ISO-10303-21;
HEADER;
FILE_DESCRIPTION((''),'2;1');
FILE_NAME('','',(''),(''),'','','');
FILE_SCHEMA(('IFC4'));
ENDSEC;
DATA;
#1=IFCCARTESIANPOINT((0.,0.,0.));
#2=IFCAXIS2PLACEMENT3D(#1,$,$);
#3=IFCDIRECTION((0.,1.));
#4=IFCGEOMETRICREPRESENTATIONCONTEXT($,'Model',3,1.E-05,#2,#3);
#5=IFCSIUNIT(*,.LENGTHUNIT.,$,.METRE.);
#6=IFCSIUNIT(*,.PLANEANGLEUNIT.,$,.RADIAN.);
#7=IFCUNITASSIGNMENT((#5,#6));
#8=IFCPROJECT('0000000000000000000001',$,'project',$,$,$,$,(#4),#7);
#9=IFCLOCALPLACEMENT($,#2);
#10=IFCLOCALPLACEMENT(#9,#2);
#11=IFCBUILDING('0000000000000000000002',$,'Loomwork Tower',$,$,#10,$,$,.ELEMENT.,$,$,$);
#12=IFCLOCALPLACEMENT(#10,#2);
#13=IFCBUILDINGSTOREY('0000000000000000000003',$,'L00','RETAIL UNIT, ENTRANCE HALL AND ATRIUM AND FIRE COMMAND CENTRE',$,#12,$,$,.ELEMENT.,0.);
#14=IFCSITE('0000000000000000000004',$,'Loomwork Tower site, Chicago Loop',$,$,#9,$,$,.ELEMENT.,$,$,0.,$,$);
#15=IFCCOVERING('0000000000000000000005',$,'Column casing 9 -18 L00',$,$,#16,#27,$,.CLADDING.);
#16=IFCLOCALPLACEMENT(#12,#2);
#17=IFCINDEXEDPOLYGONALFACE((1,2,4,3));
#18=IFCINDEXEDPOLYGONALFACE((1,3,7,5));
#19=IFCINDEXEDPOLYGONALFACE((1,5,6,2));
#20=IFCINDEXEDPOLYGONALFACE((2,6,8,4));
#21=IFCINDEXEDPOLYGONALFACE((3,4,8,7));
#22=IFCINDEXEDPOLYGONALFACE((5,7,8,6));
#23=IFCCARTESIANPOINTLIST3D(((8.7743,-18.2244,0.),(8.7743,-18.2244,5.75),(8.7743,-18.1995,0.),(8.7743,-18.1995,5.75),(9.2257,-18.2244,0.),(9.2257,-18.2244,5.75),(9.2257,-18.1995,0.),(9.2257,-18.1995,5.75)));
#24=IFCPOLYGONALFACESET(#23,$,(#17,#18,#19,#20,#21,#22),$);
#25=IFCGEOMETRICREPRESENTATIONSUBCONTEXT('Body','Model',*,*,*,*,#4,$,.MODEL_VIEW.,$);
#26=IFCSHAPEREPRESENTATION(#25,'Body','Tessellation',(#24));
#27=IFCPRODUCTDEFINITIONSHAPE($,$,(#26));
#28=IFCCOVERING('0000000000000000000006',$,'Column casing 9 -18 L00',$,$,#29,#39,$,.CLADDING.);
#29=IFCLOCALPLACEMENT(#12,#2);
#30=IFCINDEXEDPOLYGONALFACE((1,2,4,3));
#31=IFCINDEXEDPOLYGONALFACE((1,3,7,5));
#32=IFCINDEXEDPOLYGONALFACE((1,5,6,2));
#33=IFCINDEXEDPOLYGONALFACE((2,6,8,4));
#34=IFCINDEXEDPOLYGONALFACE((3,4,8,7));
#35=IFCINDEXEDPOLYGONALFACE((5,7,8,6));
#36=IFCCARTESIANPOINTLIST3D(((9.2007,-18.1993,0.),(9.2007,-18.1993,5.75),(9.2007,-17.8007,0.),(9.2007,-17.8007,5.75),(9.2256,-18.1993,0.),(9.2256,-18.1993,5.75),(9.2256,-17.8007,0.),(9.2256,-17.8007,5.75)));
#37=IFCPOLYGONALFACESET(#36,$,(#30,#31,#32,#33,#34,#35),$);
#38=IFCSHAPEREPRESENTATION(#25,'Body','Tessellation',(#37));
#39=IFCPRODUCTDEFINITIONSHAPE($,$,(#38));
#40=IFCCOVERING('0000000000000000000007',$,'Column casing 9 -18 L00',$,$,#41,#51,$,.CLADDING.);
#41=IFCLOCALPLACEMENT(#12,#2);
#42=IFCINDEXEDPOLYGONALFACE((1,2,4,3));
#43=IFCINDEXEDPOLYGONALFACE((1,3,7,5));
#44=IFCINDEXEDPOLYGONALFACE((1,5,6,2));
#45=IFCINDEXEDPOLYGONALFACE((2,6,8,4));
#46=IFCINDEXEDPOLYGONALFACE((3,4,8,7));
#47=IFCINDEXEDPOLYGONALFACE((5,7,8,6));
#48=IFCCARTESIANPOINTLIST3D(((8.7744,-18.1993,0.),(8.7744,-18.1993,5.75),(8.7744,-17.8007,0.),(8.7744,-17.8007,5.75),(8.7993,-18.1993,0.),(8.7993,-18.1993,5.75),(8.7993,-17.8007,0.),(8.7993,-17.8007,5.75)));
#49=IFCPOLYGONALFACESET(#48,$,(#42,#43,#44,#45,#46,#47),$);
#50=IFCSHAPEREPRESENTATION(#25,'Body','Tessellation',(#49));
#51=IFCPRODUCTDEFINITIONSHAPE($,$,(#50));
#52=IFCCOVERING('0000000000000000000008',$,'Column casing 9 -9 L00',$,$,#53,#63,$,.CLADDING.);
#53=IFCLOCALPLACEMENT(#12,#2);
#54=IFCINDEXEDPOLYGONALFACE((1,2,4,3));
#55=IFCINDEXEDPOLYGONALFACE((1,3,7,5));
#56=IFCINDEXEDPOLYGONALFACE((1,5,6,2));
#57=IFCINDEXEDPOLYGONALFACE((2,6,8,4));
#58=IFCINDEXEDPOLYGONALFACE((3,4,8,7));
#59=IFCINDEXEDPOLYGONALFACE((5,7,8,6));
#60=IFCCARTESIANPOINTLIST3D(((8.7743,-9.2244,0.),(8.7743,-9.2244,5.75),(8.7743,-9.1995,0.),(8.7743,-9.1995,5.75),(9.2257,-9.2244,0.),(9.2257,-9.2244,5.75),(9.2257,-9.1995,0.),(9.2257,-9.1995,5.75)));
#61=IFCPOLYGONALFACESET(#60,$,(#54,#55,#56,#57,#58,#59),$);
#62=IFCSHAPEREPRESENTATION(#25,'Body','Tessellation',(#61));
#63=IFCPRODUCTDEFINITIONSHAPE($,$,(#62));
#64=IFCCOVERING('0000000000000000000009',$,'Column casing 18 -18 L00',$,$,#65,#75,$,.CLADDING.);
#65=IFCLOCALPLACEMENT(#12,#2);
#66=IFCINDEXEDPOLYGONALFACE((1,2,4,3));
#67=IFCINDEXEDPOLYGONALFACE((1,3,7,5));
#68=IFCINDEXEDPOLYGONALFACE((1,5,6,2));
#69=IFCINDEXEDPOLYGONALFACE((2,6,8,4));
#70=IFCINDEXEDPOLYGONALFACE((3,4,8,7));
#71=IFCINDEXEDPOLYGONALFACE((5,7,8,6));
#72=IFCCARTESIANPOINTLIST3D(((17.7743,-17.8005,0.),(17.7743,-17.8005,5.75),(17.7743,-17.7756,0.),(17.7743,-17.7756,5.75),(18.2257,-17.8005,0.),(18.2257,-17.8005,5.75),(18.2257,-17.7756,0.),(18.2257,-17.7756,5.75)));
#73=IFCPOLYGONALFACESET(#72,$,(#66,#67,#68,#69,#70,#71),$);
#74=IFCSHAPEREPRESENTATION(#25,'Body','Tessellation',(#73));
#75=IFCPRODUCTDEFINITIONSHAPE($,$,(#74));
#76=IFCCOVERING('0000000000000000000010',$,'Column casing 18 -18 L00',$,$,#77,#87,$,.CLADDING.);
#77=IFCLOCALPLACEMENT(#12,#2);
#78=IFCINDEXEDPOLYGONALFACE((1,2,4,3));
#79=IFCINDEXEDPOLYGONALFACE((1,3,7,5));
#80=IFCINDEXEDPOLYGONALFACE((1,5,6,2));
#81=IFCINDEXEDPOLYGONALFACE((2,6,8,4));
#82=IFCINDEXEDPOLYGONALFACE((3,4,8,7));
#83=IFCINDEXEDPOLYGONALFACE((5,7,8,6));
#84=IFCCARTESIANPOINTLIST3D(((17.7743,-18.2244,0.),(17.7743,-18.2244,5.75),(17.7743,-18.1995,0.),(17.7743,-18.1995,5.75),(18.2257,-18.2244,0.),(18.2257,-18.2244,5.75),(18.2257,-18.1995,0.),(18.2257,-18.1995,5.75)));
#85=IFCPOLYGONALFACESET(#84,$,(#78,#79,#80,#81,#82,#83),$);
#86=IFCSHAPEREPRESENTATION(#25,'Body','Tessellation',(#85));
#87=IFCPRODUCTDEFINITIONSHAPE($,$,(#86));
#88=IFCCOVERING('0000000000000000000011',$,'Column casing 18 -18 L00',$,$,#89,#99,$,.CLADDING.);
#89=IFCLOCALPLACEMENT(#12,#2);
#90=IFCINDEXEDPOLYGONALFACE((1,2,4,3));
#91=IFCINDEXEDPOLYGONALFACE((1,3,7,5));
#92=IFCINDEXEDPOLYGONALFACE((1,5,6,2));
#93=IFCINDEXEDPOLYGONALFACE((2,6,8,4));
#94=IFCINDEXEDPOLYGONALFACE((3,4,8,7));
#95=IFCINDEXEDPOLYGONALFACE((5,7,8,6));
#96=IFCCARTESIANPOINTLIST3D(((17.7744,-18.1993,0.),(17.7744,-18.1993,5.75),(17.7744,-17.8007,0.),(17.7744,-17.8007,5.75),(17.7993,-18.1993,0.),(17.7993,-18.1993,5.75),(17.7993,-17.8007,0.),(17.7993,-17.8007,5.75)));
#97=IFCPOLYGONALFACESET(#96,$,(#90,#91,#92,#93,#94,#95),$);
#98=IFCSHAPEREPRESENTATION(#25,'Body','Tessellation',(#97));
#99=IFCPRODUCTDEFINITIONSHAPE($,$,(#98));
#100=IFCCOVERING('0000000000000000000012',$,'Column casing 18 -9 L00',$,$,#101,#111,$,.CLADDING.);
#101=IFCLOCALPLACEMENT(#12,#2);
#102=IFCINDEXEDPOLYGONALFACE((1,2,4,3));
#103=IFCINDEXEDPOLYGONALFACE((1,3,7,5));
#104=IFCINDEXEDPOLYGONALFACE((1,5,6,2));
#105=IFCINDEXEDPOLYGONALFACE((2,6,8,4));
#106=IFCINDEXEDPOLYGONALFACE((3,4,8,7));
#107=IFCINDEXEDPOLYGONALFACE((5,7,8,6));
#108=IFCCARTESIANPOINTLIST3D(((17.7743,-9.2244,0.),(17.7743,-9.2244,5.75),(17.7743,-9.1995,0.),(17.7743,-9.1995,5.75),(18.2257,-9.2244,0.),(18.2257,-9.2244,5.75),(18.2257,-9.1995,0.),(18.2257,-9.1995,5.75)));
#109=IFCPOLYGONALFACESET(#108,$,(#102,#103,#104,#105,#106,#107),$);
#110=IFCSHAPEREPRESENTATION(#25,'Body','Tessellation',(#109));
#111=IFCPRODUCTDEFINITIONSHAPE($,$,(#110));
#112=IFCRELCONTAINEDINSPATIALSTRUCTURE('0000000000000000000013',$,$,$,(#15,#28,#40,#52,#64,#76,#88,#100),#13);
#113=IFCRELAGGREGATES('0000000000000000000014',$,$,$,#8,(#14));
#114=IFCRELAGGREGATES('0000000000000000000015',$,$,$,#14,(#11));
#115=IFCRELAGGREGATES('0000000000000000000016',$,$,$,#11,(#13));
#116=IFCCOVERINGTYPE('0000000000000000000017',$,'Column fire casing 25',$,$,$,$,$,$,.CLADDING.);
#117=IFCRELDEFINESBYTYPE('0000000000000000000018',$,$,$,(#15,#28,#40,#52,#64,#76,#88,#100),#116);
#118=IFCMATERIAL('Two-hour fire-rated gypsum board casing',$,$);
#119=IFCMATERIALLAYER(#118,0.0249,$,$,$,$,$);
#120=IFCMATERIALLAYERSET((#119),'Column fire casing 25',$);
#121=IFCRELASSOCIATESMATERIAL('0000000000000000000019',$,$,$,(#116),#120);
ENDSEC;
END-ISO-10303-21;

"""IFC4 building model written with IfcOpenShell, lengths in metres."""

from ifc_helpers import new_model, si_unit, direction, frame, origin, origin_2d, place, context, subcontext, project, spatial, rectangle, extrude, material, layer, layer_set, type_object, element, save


model = new_model("IFC4")

# Units and contexts
model_context = context("Model", 3, precision=1e-05, world=origin(), true_north=direction((0.0, 1.0)))
body_context = subcontext(model_context, "Body", "Model", "MODEL_VIEW")
ifc_project = project(units=[si_unit("LENGTHUNIT", "METRE"), si_unit("PLANEANGLEUNIT", "RADIAN")], contexts=[model_context])

# Site, building, storey
site_placement = place(None, origin())
site = spatial("IfcSite", under=ifc_project, at=site_placement, Name="Loomwork Tower site, Chicago Loop", CompositionType="ELEMENT", RefElevation=0.0)
building_placement = place(site_placement, origin())
building = spatial("IfcBuilding", under=site, at=building_placement, Name="Loomwork Tower", CompositionType="ELEMENT")
storey_placement = place(building_placement, origin())
storey = spatial("IfcBuildingStorey", under=building, at=storey_placement, Name="L00", Description="RETAIL UNIT, ENTRANCE HALL AND ATRIUM AND FIRE COMMAND CENTRE", CompositionType="ELEMENT", Elevation=0.0)

# Coverings
ifc_material_1 = material(Name="Two-hour fire-rated gypsum board casing")
ifc_layer_1 = layer(ifc_material_1, 0.0249)
ifc_layer_set_1 = layer_set([ifc_layer_1], Name="Column fire casing 25")
covering_type = type_object("IfcCoveringType", Name="Column fire casing 25", PredefinedType="CLADDING", material=ifc_layer_set_1)
for number, where, z_axis, x_axis, name in (
    (1, (9.0, -18.2119, 0.0), (0.0, 0.0, 1.0), (1.0, 0.0, 0.0), "Column casing 9 -18 L00"),
):
    element("IfcCovering", number, at=place(storey_placement, frame(where, z_axis=z_axis, x_axis=x_axis)), inside=storey, type_object=covering_type, Name=name, PredefinedType="CLADDING", context=body_context, shape_type="SweptSolid", body=[
        extrude(rectangle(XDim=0.4514, YDim=0.0249, at=origin_2d()), origin(), (0.0, 0.0, 1.0), 5.75),
    ])
for number, where, z_axis, x_axis, name in (
    (2, (9.2131, -18.0, 0.0), (0.0, 0.0, 1.0), (1.0, 0.0, 0.0), "Column casing 9 -18 L00"),
    (3, (8.7869, -18.0, 0.0), (0.0, 0.0, 1.0), (1.0, 0.0, 0.0), "Column casing 9 -18 L00"),
):
    element("IfcCovering", number, at=place(storey_placement, frame(where, z_axis=z_axis, x_axis=x_axis)), inside=storey, type_object=covering_type, Name=name, PredefinedType="CLADDING", context=body_context, shape_type="SweptSolid", body=[
        extrude(rectangle(XDim=0.0249, YDim=0.3987, at=origin_2d()), origin(), (0.0, 0.0, 1.0), 5.75),
    ])
for number, where, z_axis, x_axis, name in (
    (4, (9.0, -9.2119, 0.0), (0.0, 0.0, 1.0), (1.0, 0.0, 0.0), "Column casing 9 -9 L00"),
    (5, (18.0, -17.7881, 0.0), (0.0, 0.0, 1.0), (1.0, 0.0, 0.0), "Column casing 18 -18 L00"),
    (6, (18.0, -18.2119, 0.0), (0.0, 0.0, 1.0), (1.0, 0.0, 0.0), "Column casing 18 -18 L00"),
):
    element("IfcCovering", number, at=place(storey_placement, frame(where, z_axis=z_axis, x_axis=x_axis)), inside=storey, type_object=covering_type, Name=name, PredefinedType="CLADDING", context=body_context, shape_type="SweptSolid", body=[
        extrude(rectangle(XDim=0.4514, YDim=0.0249, at=origin_2d()), origin(), (0.0, 0.0, 1.0), 5.75),
    ])
covering_1_placement = place(storey_placement, frame((17.7869, -18.0, 0.0), z_axis=(0.0, 0.0, 1.0), x_axis=(1.0, 0.0, 0.0)))
element("IfcCovering", 7, at=covering_1_placement, inside=storey, type_object=covering_type, Name="Column casing 18 -18 L00", PredefinedType="CLADDING", context=body_context, shape_type="SweptSolid", body=[
    extrude(rectangle(XDim=0.0249, YDim=0.3987, at=origin_2d()), origin(), (0.0, 0.0, 1.0), 5.75),
])
covering_2_placement = place(storey_placement, frame((18.0, -9.2119, 0.0), z_axis=(0.0, 0.0, 1.0), x_axis=(1.0, 0.0, 0.0)))
element("IfcCovering", 8, at=covering_2_placement, inside=storey, type_object=covering_type, Name="Column casing 18 -9 L00", PredefinedType="CLADDING", context=body_context, shape_type="SweptSolid", body=[
    extrude(rectangle(XDim=0.4514, YDim=0.0249, at=origin_2d()), origin(), (0.0, 0.0, 1.0), 5.75),
])

save(model, "model.ifc")
